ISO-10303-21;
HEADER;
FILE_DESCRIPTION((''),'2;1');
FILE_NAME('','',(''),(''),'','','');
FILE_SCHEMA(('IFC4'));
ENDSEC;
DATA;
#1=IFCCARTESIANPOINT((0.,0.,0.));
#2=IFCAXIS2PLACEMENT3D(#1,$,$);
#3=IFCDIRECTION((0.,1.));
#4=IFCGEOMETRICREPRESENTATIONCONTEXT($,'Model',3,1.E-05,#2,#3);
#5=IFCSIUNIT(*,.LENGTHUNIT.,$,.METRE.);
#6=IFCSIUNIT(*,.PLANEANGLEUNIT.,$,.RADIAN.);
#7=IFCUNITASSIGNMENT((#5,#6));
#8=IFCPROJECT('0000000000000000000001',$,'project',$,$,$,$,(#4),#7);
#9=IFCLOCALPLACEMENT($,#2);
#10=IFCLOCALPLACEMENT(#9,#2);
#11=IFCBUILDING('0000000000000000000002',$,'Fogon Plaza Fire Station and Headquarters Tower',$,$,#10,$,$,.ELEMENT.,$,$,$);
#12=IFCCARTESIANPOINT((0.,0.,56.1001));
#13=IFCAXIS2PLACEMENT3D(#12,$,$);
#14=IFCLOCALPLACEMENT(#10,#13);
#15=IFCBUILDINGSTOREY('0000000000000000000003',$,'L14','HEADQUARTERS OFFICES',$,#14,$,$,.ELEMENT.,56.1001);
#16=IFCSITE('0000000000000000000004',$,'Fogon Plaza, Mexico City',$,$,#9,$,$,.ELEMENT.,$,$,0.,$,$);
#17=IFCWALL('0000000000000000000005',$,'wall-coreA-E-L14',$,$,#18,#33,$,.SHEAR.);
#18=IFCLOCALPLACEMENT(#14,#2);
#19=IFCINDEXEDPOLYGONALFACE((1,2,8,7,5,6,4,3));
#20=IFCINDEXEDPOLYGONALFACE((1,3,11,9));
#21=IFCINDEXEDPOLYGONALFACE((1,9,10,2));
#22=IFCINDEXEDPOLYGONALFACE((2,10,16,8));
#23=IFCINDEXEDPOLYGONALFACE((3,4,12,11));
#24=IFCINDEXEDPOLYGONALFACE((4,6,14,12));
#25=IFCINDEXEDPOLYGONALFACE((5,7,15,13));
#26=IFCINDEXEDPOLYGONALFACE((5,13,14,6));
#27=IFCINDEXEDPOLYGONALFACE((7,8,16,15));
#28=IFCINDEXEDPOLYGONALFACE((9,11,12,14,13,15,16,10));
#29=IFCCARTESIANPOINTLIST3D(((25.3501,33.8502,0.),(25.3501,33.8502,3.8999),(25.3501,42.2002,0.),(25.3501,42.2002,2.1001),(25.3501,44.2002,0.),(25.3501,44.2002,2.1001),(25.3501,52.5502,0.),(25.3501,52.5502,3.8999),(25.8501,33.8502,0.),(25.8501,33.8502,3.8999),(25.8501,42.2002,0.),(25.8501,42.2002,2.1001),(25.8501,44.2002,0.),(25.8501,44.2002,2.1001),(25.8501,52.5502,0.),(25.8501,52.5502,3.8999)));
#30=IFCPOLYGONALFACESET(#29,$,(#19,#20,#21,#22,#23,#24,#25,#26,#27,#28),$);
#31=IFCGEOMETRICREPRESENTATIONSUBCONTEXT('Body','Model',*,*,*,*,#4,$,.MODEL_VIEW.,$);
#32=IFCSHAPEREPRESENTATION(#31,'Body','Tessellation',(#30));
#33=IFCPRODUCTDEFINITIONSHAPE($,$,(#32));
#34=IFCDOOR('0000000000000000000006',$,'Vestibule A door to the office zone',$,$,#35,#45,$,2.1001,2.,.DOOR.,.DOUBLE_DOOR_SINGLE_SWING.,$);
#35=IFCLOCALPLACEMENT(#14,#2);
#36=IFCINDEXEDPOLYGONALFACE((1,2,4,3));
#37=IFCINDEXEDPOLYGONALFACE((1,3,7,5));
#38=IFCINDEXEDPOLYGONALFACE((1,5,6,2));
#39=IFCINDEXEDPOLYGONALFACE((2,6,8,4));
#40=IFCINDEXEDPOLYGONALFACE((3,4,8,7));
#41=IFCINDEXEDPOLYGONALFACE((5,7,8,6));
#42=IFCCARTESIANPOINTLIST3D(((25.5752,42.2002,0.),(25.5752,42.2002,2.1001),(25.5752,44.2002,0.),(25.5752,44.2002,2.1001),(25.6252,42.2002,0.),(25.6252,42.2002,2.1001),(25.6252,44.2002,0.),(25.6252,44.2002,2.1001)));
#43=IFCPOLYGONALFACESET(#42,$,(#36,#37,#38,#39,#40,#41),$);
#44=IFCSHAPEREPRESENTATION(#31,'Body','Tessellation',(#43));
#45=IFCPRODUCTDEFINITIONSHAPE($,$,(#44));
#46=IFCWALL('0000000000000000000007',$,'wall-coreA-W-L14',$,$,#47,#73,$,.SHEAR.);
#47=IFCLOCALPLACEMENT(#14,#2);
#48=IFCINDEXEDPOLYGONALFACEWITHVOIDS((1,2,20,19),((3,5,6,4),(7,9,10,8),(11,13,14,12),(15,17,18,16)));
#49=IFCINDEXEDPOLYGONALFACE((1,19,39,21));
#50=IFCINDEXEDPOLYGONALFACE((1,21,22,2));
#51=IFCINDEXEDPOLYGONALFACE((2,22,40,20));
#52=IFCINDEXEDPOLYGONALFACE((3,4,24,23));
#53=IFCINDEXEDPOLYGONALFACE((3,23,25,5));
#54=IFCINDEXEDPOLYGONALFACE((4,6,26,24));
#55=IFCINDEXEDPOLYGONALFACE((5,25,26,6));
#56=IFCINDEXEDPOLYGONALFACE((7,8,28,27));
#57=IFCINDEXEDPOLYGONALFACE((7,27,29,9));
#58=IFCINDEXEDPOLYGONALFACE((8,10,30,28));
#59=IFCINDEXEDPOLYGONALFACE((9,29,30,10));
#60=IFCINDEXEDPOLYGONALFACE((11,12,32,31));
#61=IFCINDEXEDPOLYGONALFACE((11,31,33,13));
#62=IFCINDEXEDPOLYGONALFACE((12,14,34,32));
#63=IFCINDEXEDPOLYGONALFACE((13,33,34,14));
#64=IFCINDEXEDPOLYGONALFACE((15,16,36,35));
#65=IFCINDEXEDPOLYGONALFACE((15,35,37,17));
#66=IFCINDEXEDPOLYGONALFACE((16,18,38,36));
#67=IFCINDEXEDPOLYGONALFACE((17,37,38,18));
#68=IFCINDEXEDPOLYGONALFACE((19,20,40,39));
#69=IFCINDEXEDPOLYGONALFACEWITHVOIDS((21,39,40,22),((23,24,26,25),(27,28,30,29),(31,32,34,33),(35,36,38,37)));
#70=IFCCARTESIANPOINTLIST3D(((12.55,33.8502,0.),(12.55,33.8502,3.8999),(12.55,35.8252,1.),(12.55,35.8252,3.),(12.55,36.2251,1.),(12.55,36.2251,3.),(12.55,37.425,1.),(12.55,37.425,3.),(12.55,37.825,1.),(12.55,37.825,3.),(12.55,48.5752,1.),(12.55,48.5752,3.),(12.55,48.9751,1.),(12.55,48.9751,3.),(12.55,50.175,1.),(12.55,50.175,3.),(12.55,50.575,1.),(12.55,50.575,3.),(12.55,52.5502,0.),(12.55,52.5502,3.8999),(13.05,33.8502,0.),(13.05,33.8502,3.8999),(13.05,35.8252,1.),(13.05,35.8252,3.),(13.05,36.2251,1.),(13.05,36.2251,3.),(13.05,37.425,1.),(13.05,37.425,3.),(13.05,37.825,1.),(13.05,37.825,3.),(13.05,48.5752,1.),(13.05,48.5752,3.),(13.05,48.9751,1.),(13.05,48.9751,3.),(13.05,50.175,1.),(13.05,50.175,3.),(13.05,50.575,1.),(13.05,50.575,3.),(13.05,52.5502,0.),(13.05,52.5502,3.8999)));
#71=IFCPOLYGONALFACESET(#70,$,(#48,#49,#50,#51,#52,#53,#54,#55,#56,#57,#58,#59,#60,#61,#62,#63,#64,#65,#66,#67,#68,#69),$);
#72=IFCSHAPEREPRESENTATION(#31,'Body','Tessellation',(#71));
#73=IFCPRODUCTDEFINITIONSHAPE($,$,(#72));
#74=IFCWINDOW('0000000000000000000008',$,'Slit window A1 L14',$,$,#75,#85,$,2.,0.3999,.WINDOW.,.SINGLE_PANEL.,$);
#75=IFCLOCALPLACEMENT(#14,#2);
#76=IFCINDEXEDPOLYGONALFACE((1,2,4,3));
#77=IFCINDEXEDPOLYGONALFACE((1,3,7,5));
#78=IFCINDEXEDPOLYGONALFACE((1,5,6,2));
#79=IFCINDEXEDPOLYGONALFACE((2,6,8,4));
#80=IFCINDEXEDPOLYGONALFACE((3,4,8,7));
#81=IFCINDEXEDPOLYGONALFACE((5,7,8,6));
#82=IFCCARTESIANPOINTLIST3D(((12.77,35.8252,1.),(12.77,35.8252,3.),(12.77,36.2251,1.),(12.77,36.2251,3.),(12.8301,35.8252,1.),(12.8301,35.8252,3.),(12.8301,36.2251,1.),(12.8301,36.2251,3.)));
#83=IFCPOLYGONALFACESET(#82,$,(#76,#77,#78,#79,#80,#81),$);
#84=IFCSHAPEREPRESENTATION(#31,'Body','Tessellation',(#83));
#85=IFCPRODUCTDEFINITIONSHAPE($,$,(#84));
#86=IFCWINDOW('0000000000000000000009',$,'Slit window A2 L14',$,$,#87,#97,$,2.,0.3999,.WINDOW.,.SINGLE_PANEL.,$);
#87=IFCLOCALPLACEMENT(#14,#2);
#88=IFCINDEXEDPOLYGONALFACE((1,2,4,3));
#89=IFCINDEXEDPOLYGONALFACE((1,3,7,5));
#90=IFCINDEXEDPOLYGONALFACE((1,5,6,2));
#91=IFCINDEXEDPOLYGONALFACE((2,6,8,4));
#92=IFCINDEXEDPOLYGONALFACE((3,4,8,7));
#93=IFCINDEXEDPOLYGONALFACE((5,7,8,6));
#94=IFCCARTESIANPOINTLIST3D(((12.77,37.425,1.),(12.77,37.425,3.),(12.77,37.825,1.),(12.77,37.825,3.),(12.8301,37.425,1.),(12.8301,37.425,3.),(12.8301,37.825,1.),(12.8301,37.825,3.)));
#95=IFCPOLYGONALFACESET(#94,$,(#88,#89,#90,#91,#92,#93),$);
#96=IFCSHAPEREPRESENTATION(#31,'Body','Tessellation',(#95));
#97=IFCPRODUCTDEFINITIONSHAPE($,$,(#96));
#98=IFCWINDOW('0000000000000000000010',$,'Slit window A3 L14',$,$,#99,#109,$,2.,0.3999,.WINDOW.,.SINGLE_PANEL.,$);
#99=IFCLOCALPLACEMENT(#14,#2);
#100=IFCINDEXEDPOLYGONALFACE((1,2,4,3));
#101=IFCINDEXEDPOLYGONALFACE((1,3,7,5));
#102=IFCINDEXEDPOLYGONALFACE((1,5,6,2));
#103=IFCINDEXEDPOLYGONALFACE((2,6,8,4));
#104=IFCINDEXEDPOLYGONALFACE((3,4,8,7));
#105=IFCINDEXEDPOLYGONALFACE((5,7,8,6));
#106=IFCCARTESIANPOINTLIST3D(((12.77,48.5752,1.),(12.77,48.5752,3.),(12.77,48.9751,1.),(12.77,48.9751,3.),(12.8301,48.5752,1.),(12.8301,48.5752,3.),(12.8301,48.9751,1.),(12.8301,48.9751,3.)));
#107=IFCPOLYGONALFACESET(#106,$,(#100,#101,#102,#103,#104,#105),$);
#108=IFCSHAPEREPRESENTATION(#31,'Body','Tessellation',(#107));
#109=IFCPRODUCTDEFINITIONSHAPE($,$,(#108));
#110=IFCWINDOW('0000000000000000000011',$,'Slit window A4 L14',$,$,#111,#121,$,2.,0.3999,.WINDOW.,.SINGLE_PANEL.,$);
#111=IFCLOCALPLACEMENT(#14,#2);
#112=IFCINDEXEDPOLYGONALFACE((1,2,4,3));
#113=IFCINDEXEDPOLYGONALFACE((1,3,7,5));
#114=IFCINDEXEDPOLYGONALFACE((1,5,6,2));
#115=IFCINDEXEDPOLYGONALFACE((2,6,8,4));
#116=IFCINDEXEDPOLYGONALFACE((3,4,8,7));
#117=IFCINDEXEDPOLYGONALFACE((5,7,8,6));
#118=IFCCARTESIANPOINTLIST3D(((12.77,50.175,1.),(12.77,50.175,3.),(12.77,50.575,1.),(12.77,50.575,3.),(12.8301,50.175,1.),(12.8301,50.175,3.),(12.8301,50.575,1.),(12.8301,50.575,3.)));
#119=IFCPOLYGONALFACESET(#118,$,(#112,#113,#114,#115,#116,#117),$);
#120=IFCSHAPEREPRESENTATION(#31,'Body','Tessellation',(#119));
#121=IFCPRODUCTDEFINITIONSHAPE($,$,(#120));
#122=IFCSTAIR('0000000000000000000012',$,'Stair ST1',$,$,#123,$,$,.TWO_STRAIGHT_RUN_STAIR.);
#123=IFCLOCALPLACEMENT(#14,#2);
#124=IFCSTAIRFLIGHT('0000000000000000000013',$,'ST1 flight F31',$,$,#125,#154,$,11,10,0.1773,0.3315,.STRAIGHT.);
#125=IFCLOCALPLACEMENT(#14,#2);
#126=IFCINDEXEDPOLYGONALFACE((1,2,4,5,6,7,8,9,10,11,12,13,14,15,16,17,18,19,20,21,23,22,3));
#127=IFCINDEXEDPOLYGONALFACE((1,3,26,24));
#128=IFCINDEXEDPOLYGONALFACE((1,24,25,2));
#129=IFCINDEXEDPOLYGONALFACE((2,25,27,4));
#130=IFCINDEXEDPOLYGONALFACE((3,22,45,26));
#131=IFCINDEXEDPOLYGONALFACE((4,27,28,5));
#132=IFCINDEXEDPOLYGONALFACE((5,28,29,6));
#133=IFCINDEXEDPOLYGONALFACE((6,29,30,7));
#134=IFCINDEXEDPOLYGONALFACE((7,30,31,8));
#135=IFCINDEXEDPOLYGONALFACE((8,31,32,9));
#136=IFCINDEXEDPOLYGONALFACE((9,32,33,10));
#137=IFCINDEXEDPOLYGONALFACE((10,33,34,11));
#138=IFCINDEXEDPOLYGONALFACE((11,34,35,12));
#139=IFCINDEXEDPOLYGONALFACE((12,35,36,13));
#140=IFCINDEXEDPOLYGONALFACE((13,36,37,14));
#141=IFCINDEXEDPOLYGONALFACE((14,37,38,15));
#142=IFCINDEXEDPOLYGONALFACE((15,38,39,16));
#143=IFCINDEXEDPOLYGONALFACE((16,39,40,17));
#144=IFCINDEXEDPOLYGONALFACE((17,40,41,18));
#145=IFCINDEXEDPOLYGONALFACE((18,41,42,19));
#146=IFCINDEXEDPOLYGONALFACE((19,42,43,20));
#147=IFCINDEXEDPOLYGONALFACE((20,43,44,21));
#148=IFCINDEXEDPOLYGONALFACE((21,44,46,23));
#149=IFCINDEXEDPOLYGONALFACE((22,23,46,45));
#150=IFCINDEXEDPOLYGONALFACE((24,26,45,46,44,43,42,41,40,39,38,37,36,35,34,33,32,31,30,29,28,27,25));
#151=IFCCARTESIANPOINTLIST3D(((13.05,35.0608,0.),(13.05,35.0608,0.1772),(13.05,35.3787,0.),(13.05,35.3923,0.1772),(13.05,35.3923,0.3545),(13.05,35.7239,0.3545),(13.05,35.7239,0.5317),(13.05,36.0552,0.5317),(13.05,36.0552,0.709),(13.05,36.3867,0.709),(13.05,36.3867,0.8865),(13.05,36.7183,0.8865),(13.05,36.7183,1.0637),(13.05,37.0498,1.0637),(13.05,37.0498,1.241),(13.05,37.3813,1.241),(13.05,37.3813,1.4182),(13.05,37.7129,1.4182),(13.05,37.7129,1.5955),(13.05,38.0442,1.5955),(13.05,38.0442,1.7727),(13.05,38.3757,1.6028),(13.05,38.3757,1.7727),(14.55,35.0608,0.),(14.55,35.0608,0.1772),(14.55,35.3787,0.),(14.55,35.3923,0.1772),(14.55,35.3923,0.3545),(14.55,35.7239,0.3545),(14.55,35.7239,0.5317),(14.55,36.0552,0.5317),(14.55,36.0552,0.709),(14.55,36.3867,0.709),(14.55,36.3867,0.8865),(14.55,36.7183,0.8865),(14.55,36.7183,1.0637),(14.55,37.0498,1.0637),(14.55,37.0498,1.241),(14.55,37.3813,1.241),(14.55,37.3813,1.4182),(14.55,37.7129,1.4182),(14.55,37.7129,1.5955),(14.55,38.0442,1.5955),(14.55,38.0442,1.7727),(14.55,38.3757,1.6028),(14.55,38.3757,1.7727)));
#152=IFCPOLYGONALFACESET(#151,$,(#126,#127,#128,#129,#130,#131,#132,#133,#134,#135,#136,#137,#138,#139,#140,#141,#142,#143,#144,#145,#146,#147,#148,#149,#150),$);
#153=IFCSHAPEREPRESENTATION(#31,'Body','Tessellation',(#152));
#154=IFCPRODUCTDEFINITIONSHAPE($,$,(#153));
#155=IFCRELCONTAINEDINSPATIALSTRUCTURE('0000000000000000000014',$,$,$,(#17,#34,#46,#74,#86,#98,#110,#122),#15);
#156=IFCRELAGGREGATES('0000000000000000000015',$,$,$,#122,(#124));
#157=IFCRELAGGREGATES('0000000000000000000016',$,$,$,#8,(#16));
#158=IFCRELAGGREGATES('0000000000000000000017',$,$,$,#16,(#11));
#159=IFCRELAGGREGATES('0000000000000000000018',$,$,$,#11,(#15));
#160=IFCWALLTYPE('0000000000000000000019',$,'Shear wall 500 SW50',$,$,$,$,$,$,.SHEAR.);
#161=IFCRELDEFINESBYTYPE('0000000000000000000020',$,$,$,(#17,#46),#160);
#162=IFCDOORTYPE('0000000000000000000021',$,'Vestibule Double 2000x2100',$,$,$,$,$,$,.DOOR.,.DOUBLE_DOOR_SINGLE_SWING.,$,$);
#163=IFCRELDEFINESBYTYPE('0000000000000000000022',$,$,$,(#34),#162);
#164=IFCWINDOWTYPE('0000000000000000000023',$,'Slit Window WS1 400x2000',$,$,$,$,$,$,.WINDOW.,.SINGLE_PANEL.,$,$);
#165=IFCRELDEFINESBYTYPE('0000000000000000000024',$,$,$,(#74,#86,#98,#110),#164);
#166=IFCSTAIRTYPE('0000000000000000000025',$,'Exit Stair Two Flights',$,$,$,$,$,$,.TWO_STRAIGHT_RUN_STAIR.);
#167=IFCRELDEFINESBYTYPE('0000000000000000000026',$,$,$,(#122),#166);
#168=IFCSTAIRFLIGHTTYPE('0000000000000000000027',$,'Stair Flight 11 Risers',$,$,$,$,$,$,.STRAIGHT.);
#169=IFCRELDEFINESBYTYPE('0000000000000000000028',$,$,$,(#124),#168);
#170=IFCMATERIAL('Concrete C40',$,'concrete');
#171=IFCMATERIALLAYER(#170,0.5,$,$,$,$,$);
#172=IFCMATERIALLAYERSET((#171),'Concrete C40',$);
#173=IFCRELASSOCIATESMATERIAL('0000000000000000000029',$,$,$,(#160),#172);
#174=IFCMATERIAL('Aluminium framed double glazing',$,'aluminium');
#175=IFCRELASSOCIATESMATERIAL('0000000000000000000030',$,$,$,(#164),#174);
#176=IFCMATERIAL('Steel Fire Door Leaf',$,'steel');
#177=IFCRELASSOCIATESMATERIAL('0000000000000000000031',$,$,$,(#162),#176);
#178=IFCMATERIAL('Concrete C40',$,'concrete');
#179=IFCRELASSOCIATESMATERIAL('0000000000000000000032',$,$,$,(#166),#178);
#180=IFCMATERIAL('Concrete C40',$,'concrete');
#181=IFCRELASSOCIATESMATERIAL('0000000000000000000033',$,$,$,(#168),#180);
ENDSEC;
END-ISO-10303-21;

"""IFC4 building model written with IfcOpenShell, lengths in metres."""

from ifc_helpers import new_model, si_unit, direction, frame, frame_2d, origin, place, context, subcontext, project, spatial, polyline, rectangle, outline, extrude, material, layer, layer_set, type_object, element, fill, aggregate, save


model = new_model("IFC4")

# Units and contexts
model_context = context("Model", 3, precision=1e-05, world=origin(), true_north=direction((0.0, 1.0)))
body_context = subcontext(model_context, "Body", "Model", "MODEL_VIEW")
ifc_project = project(units=[si_unit("LENGTHUNIT", "METRE"), si_unit("PLANEANGLEUNIT", "RADIAN")], contexts=[model_context])

# Site, building, storey
site_placement = place(None, origin())
site = spatial("IfcSite", under=ifc_project, at=site_placement, Name="Fogon Plaza, Mexico City", CompositionType="ELEMENT", RefElevation=0.0)
building_placement = place(site_placement, origin())
building = spatial("IfcBuilding", under=site, at=building_placement, Name="Fogon Plaza Fire Station and Headquarters Tower", CompositionType="ELEMENT")
storey_placement = place(building_placement, frame((0.0, 0.0, 56.1001)))
storey = spatial("IfcBuildingStorey", under=building, at=storey_placement, Name="L14", Description="HEADQUARTERS OFFICES", CompositionType="ELEMENT", Elevation=56.1001)

# Shared definitions
ifc_material_1 = material(Name="Concrete C40", Category="concrete")
ifc_layer_1 = layer(ifc_material_1, 0.5)
ifc_layer_set_1 = layer_set([ifc_layer_1], Name="Concrete C40")
wall_type_1 = type_object("IfcWallType", Name="Shear wall 500 SW50", PredefinedType="SHEAR", material=ifc_layer_set_1)
ifc_material_2 = material(Name="Aluminium framed double glazing", Category="aluminium")
window_type = type_object("IfcWindowType", Name="Slit Window WS1 400x2000", PartitioningType="SINGLE_PANEL", PredefinedType="WINDOW", material=ifc_material_2)

# Wall, opening, door
wall_1_placement = place(storey_placement, frame((25.6001, 33.8501, 0.0), z_axis=(0.0, 0.0, 1.0), x_axis=(0.0, 1.0, 0.0)))
wall_1 = element("IfcWall", 1, at=wall_1_placement, inside=storey, type_object=wall_type_1, Name="wall-coreA-E-L14", PredefinedType="SHEAR", context=body_context, shape_type="SweptSolid", body=[
    extrude(rectangle(XDim=18.7, YDim=0.5, at=frame_2d((9.3501, 0.0))), origin(), (0.0, 0.0, 1.0), 3.8999),
])
opening_1_placement = place(wall_1_placement, frame((8.3501, 0.0, 0.0)))
opening_1 = element("IfcOpeningElement", 2, at=opening_1_placement, cuts=wall_1, PredefinedType="OPENING", context=body_context, shape_type="SweptSolid", body=[
    extrude(rectangle(XDim=2.0, YDim=2.1001, at=frame_2d((1.0, 1.05))), frame((0.0, 0.26, 0.0), z_axis=(0.0, -1.0, 0.0), x_axis=(1.0, 0.0, 0.0)), (0.0, 0.0, 1.0), 0.52),
])
ifc_material_3 = material(Name="Steel Fire Door Leaf", Category="steel")
door_type_1 = type_object("IfcDoorType", Name="Vestibule Double 2000x2100", OperationType="DOUBLE_DOOR_SINGLE_SWING", PredefinedType="DOOR", material=ifc_material_3)
door_1_placement = place(opening_1_placement, origin())
door_1 = element("IfcDoor", 3, at=door_1_placement, inside=storey, type_object=door_type_1, Name="Vestibule A door to the office zone", OperationType="DOUBLE_DOOR_SINGLE_SWING", OverallHeight=2.1001, OverallWidth=2.0, PredefinedType="DOOR", context=body_context, shape_type="SweptSolid", body=[
    extrude(rectangle(XDim=2.0, YDim=2.1001, at=frame_2d((1.0, 1.05))), frame((0.0, 0.0249, 0.0), z_axis=(0.0, -1.0, 0.0), x_axis=(1.0, 0.0, 0.0)), (0.0, 0.0, 1.0), 0.05),
])
fill(opening_1, door_1)

# Wall, openings, windows
wall_2_placement = place(storey_placement, frame((12.8, 33.8501, 0.0), z_axis=(0.0, 0.0, 1.0), x_axis=(0.0, 1.0, 0.0)))
wall_2 = element("IfcWall", 4, at=wall_2_placement, inside=storey, type_object=wall_type_1, Name="wall-coreA-W-L14", PredefinedType="SHEAR", context=body_context, shape_type="SweptSolid", body=[
    extrude(rectangle(XDim=18.7, YDim=0.5, at=frame_2d((9.3501, 0.0))), origin(), (0.0, 0.0, 1.0), 3.8999),
])
opening_2_placement = place(wall_2_placement, frame((1.9751, 0.0, 1.0)))
opening_2 = element("IfcOpeningElement", 5, at=opening_2_placement, cuts=wall_2, PredefinedType="OPENING", context=body_context, shape_type="SweptSolid", body=[
    extrude(rectangle(XDim=0.3999, YDim=2.0, at=frame_2d((0.2, 1.0))), frame((0.0, 0.26, 0.0), z_axis=(0.0, -1.0, 0.0), x_axis=(1.0, 0.0, 0.0)), (0.0, 0.0, 1.0), 0.52),
])
opening_3_placement = place(wall_2_placement, frame((3.575, 0.0, 1.0)))
opening_3 = element("IfcOpeningElement", 6, at=opening_3_placement, cuts=wall_2, PredefinedType="OPENING", context=body_context, shape_type="SweptSolid", body=[
    extrude(rectangle(XDim=0.3999, YDim=2.0, at=frame_2d((0.2, 1.0))), frame((0.0, 0.26, 0.0), z_axis=(0.0, -1.0, 0.0), x_axis=(1.0, 0.0, 0.0)), (0.0, 0.0, 1.0), 0.52),
])
opening_4_placement = place(wall_2_placement, frame((14.7251, 0.0, 1.0)))
opening_4 = element("IfcOpeningElement", 7, at=opening_4_placement, cuts=wall_2, PredefinedType="OPENING", context=body_context, shape_type="SweptSolid", body=[
    extrude(rectangle(XDim=0.3999, YDim=2.0, at=frame_2d((0.2, 1.0))), frame((0.0, 0.26, 0.0), z_axis=(0.0, -1.0, 0.0), x_axis=(1.0, 0.0, 0.0)), (0.0, 0.0, 1.0), 0.52),
])
opening_5_placement = place(wall_2_placement, frame((16.325, 0.0, 1.0)))
opening_5 = element("IfcOpeningElement", 8, at=opening_5_placement, cuts=wall_2, PredefinedType="OPENING", context=body_context, shape_type="SweptSolid", body=[
    extrude(rectangle(XDim=0.3999, YDim=2.0, at=frame_2d((0.2, 1.0))), frame((0.0, 0.26, 0.0), z_axis=(0.0, -1.0, 0.0), x_axis=(1.0, 0.0, 0.0)), (0.0, 0.0, 1.0), 0.52),
])
window_1_placement = place(opening_2_placement, origin())
window_1 = element("IfcWindow", 9, at=window_1_placement, inside=storey, type_object=window_type, Name="Slit window A1 L14", OverallHeight=2.0, OverallWidth=0.3999, PartitioningType="SINGLE_PANEL", PredefinedType="WINDOW", context=body_context, shape_type="SweptSolid", body=[
    extrude(rectangle(XDim=0.3999, YDim=2.0, at=frame_2d((0.2, 1.0))), frame((0.0, 0.03, 0.0), z_axis=(0.0, -1.0, 0.0), x_axis=(1.0, 0.0, 0.0)), (0.0, 0.0, 1.0), 0.0601),
])
fill(opening_2, window_1)
window_2_placement = place(opening_3_placement, origin())
window_2 = element("IfcWindow", 10, at=window_2_placement, inside=storey, type_object=window_type, Name="Slit window A2 L14", OverallHeight=2.0, OverallWidth=0.3999, PartitioningType="SINGLE_PANEL", PredefinedType="WINDOW", context=body_context, shape_type="SweptSolid", body=[
    extrude(rectangle(XDim=0.3999, YDim=2.0, at=frame_2d((0.2, 1.0))), frame((0.0, 0.03, 0.0), z_axis=(0.0, -1.0, 0.0), x_axis=(1.0, 0.0, 0.0)), (0.0, 0.0, 1.0), 0.0601),
])
fill(opening_3, window_2)
window_3_placement = place(opening_4_placement, origin())
window_3 = element("IfcWindow", 11, at=window_3_placement, inside=storey, type_object=window_type, Name="Slit window A3 L14", OverallHeight=2.0, OverallWidth=0.3999, PartitioningType="SINGLE_PANEL", PredefinedType="WINDOW", context=body_context, shape_type="SweptSolid", body=[
    extrude(rectangle(XDim=0.3999, YDim=2.0, at=frame_2d((0.2, 1.0))), frame((0.0, 0.03, 0.0), z_axis=(0.0, -1.0, 0.0), x_axis=(1.0, 0.0, 0.0)), (0.0, 0.0, 1.0), 0.0601),
])
fill(opening_4, window_3)
window_4_placement = place(opening_5_placement, origin())
window_4 = element("IfcWindow", 12, at=window_4_placement, inside=storey, type_object=window_type, Name="Slit window A4 L14", OverallHeight=2.0, OverallWidth=0.3999, PartitioningType="SINGLE_PANEL", PredefinedType="WINDOW", context=body_context, shape_type="SweptSolid", body=[
    extrude(rectangle(XDim=0.3999, YDim=2.0, at=frame_2d((0.2, 1.0))), frame((0.0, 0.03, 0.0), z_axis=(0.0, -1.0, 0.0), x_axis=(1.0, 0.0, 0.0)), (0.0, 0.0, 1.0), 0.0601),
])
fill(opening_5, window_4)

# Stair, stair flight
ifc_material_4 = material(Name="Concrete C40", Category="concrete")
stair_type = type_object("IfcStairType", Name="Exit Stair Two Flights", PredefinedType="TWO_STRAIGHT_RUN_STAIR", material=ifc_material_4)
stair_placement = place(storey_placement, origin())
stair = element("IfcStair", 13, at=stair_placement, inside=storey, type_object=stair_type, Name="Stair ST1", PredefinedType="TWO_STRAIGHT_RUN_STAIR")
ifc_material_5 = material(Name="Concrete C40", Category="concrete")
stair_flight_type = type_object("IfcStairFlightType", Name="Stair Flight 11 Risers", PredefinedType="STRAIGHT", material=ifc_material_5)
stair_flight_placement = place(storey_placement, frame((13.8, 35.0608, 0.0), z_axis=(0.0, 0.0, 1.0), x_axis=(0.0, 1.0, 0.0)))
stair_flight = element("IfcStairFlight", 14, at=stair_flight_placement, type_object=stair_flight_type, Name="ST1 flight F31", NumberOfRisers=11, NumberOfTreads=10, PredefinedType="STRAIGHT", RiserHeight=0.1773, TreadLength=0.3315, context=body_context, shape_type="SweptSolid", body=[
    extrude(outline(polyline([(0.0, 0.0), (0.0, 0.1772), (0.3315, 0.1772), (0.3315, 0.3545), (0.6631, 0.3545), (0.6631, 0.5317), (0.9944, 0.5317), (0.9944, 0.709), (1.3259, 0.709), (1.3259, 0.8865), (1.6575, 0.8865), (1.6575, 1.0637), (1.989, 1.0637), (1.989, 1.241), (2.3206, 1.241), (2.3206, 1.4182), (2.6521, 1.4182), (2.6521, 1.5955), (2.9834, 1.5955), (2.9834, 1.7727), (3.3149, 1.7727), (3.3149, 1.95), (3.3149, 1.6028), (0.3179, 0.0), (0.0, 0.0)])), frame((0.0, 0.75, 0.0), z_axis=(0.0, -1.0, 0.0), x_axis=(1.0, 0.0, 0.0)), (0.0, 0.0, 1.0), 1.5),
])
aggregate(stair, [stair_flight])

save(model, "model.ifc")
